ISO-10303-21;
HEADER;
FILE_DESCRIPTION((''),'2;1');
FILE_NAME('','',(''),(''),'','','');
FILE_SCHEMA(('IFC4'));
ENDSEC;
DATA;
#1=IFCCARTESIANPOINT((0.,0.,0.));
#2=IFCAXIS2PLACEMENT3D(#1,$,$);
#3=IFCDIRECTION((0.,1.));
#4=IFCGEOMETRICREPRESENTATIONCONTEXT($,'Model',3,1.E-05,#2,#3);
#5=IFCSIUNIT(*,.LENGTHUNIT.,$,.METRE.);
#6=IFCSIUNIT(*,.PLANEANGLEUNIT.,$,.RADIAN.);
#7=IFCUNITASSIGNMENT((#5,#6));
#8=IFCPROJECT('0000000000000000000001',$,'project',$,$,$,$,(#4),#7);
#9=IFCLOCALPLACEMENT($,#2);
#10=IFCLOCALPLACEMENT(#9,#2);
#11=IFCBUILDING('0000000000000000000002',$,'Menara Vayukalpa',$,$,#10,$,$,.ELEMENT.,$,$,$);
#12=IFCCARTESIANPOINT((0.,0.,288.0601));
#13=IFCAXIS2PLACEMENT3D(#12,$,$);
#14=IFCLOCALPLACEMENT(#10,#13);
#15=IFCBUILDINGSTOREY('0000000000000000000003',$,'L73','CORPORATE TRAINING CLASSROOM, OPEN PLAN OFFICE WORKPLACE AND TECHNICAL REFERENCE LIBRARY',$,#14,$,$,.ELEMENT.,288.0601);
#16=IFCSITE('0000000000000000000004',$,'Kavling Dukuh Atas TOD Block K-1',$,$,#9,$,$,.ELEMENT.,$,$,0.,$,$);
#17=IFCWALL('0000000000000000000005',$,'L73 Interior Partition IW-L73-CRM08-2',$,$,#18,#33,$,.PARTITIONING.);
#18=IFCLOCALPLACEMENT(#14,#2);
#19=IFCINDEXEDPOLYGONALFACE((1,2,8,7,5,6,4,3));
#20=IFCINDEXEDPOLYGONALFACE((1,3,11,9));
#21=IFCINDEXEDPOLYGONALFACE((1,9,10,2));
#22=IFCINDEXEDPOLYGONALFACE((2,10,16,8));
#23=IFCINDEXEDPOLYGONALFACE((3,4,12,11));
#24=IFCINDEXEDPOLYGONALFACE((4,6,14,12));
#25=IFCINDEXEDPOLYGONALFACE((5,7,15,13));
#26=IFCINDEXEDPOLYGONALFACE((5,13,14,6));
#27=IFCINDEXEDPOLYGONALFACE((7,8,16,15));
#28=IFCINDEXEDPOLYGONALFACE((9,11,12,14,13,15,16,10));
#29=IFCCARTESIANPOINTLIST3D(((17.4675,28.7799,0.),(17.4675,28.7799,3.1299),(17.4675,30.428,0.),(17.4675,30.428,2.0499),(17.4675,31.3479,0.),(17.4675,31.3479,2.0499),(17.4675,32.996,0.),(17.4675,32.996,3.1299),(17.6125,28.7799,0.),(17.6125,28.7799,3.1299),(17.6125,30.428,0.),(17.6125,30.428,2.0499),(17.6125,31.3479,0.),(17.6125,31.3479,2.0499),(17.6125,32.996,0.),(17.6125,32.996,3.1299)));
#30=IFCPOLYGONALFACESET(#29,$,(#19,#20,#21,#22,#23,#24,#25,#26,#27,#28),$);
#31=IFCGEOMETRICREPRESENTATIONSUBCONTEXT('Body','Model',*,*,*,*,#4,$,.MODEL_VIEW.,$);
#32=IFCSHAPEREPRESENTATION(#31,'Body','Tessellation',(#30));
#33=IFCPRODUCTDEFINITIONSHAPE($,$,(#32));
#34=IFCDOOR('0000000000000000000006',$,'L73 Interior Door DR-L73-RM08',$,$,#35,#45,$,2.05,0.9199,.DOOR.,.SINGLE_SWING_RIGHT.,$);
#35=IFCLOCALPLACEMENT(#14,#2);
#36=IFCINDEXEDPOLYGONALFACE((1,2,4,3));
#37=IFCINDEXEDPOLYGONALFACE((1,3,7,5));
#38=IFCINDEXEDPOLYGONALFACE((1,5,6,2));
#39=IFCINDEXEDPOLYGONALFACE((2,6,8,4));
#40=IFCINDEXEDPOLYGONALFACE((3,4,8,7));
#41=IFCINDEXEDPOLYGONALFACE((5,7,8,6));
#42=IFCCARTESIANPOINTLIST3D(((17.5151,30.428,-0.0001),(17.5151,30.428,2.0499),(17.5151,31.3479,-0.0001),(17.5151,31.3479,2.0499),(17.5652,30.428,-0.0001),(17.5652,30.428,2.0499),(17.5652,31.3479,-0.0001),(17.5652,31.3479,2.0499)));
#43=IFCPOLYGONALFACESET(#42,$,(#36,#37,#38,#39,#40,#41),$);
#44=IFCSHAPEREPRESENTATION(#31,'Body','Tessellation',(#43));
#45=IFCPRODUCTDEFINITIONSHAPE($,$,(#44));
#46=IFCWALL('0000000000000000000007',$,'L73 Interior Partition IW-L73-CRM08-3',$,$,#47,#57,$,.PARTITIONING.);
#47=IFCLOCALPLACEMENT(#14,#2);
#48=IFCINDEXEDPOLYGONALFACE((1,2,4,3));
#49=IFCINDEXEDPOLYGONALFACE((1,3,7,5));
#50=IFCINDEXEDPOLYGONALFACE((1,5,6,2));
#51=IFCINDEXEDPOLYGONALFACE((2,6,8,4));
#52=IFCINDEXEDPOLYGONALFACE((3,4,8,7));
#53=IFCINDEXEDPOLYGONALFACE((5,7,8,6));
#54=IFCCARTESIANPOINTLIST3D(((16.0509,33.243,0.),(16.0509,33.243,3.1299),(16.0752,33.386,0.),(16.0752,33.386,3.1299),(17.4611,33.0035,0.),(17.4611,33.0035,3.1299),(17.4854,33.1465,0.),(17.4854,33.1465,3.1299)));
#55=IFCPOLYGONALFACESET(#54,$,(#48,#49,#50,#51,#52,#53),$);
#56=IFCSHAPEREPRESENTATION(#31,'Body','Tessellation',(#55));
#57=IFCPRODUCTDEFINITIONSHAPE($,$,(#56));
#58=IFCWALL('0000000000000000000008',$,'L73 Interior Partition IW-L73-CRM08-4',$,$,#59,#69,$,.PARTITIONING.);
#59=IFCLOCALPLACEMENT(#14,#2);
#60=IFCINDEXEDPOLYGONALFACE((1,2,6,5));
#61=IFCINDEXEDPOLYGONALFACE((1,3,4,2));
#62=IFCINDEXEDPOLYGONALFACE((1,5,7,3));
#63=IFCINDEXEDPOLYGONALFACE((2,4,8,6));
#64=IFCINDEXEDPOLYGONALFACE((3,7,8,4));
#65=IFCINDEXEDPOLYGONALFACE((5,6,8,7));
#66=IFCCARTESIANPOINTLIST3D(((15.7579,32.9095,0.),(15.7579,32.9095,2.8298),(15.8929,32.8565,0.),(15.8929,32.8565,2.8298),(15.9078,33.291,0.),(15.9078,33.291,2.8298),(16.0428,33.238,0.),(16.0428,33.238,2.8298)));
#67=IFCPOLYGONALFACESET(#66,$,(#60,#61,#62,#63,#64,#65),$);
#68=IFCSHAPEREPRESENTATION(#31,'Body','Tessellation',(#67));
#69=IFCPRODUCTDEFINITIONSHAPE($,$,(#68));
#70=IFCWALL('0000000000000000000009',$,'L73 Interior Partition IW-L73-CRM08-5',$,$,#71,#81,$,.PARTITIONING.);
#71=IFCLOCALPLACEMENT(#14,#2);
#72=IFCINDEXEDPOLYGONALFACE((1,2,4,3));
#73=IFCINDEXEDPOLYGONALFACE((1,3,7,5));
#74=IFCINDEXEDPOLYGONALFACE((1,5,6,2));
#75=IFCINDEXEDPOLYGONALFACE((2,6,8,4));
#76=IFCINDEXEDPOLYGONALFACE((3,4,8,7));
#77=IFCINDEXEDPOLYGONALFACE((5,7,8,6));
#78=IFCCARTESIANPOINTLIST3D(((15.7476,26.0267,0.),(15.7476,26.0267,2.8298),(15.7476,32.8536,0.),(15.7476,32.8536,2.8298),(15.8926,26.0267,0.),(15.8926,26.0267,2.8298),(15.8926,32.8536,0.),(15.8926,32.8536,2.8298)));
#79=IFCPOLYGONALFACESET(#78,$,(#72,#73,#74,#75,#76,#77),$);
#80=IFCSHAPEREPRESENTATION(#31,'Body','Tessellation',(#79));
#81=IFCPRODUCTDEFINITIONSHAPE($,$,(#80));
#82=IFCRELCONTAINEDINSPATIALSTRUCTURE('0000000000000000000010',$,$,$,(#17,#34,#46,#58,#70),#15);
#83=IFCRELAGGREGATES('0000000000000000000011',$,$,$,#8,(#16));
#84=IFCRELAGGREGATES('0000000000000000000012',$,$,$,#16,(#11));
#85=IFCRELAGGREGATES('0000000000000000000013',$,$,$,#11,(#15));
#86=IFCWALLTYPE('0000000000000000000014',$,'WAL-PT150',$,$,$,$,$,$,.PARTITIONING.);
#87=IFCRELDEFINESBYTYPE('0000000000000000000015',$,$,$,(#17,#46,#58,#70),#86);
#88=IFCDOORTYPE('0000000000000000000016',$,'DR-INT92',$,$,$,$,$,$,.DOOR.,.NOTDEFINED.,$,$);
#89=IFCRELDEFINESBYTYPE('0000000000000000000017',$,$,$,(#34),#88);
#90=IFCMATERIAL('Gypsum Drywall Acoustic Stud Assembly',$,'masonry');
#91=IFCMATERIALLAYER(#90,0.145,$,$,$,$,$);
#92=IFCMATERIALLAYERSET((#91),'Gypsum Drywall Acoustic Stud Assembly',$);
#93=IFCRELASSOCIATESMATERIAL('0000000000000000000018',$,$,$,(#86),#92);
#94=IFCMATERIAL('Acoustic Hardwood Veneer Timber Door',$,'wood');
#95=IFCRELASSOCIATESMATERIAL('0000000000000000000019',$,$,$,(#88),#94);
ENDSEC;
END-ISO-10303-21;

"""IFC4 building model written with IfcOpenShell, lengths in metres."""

from ifc_helpers import new_model, si_unit, direction, frame, frame_2d, origin, place, context, subcontext, project, spatial, rectangle, extrude, material, layer, layer_set, type_object, element, fill, save


model = new_model("IFC4")

# Units and contexts
model_context = context("Model", 3, precision=1e-05, world=origin(), true_north=direction((0.0, 1.0)))
body_context = subcontext(model_context, "Body", "Model", "MODEL_VIEW")
ifc_project = project(units=[si_unit("LENGTHUNIT", "METRE"), si_unit("PLANEANGLEUNIT", "RADIAN")], contexts=[model_context])

# Site, building, storey
site_placement = place(None, origin())
site = spatial("IfcSite", under=ifc_project, at=site_placement, Name="Kavling Dukuh Atas TOD Block K-1", CompositionType="ELEMENT", RefElevation=0.0)
building_placement = place(site_placement, origin())
building = spatial("IfcBuilding", under=site, at=building_placement, Name="Menara Vayukalpa", CompositionType="ELEMENT")
storey_placement = place(building_placement, frame((0.0, 0.0, 288.0601)))
storey = spatial("IfcBuildingStorey", under=building, at=storey_placement, Name="L73", Description="CORPORATE TRAINING CLASSROOM, OPEN PLAN OFFICE WORKPLACE AND TECHNICAL REFERENCE LIBRARY", CompositionType="ELEMENT", Elevation=288.0601)

# Wall, opening, door
ifc_material_1 = material(Name="Gypsum Drywall Acoustic Stud Assembly", Category="masonry")
ifc_layer_1 = layer(ifc_material_1, 0.145)
ifc_layer_set_1 = layer_set([ifc_layer_1], Name="Gypsum Drywall Acoustic Stud Assembly")
wall_type_1 = type_object("IfcWallType", Name="WAL-PT150", PredefinedType="PARTITIONING", material=ifc_layer_set_1)
wall_1_placement = place(storey_placement, frame((17.54, 28.78, 0.0), z_axis=(0.0, 0.0, 1.0), x_axis=(0.0, 1.0, 0.0)))
wall_1 = element("IfcWall", 1, at=wall_1_placement, inside=storey, type_object=wall_type_1, Name="L73 Interior Partition IW-L73-CRM08-2", PredefinedType="PARTITIONING", context=body_context, shape_type="SweptSolid", body=[
    extrude(rectangle(XDim=4.2161, YDim=0.145, at=frame_2d((2.1079, 0.0))), origin(), (0.0, 0.0, 1.0), 3.1299),
])
opening_placement = place(wall_1_placement, frame((1.6479, 0.0, 0.0)))
opening = element("IfcOpeningElement", 2, at=opening_placement, cuts=wall_1, PredefinedType="OPENING", context=body_context, shape_type="SweptSolid", body=[
    extrude(rectangle(XDim=0.9199, YDim=2.05, at=frame_2d((0.46, 1.0249))), frame((0.0, 0.0825, 0.0), z_axis=(0.0, -1.0, 0.0), x_axis=(1.0, 0.0, 0.0)), (0.0, 0.0, 1.0), 0.165),
])
ifc_material_2 = material(Name="Acoustic Hardwood Veneer Timber Door", Category="wood")
door_type = type_object("IfcDoorType", Name="DR-INT92", OperationType="NOTDEFINED", PredefinedType="DOOR", material=ifc_material_2)
door_placement = place(opening_placement, origin())
door = element("IfcDoor", 3, at=door_placement, inside=storey, type_object=door_type, Name="L73 Interior Door DR-L73-RM08", OperationType="SINGLE_SWING_RIGHT", OverallHeight=2.05, OverallWidth=0.9199, PredefinedType="DOOR", context=body_context, shape_type="SweptSolid", body=[
    extrude(rectangle(XDim=0.9199, YDim=2.05, at=frame_2d((0.46, 1.0249))), frame((0.0, 0.0249, 0.0), z_axis=(0.0, -1.0, 0.0), x_axis=(1.0, 0.0, 0.0)), (0.0, 0.0, 1.0), 0.05),
])
fill(opening, door)

# Walls
wall_2_placement = place(storey_placement, frame((17.4734, 33.075, 0.0), z_axis=(0.0, 0.0, 1.0), x_axis=(-0.985882, 0.167443, 0.0)))
element("IfcWall", 4, at=wall_2_placement, inside=storey, type_object=wall_type_1, Name="L73 Interior Partition IW-L73-CRM08-3", PredefinedType="PARTITIONING", context=body_context, shape_type="SweptSolid", body=[
    extrude(rectangle(XDim=1.4304, YDim=0.145, at=frame_2d((0.7153, 0.0))), origin(), (0.0, 0.0, 1.0), 3.1299),
])
wall_3_placement = place(storey_placement, frame((15.9753, 33.2646, 0.0), z_axis=(0.0, 0.0, 1.0), x_axis=(-0.365634, -0.930759, 0.0)))
element("IfcWall", 5, at=wall_3_placement, inside=storey, type_object=wall_type_1, Name="L73 Interior Partition IW-L73-CRM08-4", PredefinedType="PARTITIONING", context=body_context, shape_type="SweptSolid", body=[
    extrude(rectangle(XDim=0.4099, YDim=0.145, at=frame_2d((0.2051, 0.0))), origin(), (0.0, 0.0, 1.0), 2.8298),
])
wall_4_placement = place(storey_placement, frame((15.8201, 32.8538, 0.0), z_axis=(0.0, 0.0, 1.0), x_axis=(0.0, -1.0, 0.0)))
element("IfcWall", 6, at=wall_4_placement, inside=storey, type_object=wall_type_1, Name="L73 Interior Partition IW-L73-CRM08-5", PredefinedType="PARTITIONING", context=body_context, shape_type="SweptSolid", body=[
    extrude(rectangle(XDim=6.8269, YDim=0.145, at=frame_2d((3.4136, 0.0))), origin(), (0.0, 0.0, 1.0), 2.8298),
])

save(model, "model.ifc")
